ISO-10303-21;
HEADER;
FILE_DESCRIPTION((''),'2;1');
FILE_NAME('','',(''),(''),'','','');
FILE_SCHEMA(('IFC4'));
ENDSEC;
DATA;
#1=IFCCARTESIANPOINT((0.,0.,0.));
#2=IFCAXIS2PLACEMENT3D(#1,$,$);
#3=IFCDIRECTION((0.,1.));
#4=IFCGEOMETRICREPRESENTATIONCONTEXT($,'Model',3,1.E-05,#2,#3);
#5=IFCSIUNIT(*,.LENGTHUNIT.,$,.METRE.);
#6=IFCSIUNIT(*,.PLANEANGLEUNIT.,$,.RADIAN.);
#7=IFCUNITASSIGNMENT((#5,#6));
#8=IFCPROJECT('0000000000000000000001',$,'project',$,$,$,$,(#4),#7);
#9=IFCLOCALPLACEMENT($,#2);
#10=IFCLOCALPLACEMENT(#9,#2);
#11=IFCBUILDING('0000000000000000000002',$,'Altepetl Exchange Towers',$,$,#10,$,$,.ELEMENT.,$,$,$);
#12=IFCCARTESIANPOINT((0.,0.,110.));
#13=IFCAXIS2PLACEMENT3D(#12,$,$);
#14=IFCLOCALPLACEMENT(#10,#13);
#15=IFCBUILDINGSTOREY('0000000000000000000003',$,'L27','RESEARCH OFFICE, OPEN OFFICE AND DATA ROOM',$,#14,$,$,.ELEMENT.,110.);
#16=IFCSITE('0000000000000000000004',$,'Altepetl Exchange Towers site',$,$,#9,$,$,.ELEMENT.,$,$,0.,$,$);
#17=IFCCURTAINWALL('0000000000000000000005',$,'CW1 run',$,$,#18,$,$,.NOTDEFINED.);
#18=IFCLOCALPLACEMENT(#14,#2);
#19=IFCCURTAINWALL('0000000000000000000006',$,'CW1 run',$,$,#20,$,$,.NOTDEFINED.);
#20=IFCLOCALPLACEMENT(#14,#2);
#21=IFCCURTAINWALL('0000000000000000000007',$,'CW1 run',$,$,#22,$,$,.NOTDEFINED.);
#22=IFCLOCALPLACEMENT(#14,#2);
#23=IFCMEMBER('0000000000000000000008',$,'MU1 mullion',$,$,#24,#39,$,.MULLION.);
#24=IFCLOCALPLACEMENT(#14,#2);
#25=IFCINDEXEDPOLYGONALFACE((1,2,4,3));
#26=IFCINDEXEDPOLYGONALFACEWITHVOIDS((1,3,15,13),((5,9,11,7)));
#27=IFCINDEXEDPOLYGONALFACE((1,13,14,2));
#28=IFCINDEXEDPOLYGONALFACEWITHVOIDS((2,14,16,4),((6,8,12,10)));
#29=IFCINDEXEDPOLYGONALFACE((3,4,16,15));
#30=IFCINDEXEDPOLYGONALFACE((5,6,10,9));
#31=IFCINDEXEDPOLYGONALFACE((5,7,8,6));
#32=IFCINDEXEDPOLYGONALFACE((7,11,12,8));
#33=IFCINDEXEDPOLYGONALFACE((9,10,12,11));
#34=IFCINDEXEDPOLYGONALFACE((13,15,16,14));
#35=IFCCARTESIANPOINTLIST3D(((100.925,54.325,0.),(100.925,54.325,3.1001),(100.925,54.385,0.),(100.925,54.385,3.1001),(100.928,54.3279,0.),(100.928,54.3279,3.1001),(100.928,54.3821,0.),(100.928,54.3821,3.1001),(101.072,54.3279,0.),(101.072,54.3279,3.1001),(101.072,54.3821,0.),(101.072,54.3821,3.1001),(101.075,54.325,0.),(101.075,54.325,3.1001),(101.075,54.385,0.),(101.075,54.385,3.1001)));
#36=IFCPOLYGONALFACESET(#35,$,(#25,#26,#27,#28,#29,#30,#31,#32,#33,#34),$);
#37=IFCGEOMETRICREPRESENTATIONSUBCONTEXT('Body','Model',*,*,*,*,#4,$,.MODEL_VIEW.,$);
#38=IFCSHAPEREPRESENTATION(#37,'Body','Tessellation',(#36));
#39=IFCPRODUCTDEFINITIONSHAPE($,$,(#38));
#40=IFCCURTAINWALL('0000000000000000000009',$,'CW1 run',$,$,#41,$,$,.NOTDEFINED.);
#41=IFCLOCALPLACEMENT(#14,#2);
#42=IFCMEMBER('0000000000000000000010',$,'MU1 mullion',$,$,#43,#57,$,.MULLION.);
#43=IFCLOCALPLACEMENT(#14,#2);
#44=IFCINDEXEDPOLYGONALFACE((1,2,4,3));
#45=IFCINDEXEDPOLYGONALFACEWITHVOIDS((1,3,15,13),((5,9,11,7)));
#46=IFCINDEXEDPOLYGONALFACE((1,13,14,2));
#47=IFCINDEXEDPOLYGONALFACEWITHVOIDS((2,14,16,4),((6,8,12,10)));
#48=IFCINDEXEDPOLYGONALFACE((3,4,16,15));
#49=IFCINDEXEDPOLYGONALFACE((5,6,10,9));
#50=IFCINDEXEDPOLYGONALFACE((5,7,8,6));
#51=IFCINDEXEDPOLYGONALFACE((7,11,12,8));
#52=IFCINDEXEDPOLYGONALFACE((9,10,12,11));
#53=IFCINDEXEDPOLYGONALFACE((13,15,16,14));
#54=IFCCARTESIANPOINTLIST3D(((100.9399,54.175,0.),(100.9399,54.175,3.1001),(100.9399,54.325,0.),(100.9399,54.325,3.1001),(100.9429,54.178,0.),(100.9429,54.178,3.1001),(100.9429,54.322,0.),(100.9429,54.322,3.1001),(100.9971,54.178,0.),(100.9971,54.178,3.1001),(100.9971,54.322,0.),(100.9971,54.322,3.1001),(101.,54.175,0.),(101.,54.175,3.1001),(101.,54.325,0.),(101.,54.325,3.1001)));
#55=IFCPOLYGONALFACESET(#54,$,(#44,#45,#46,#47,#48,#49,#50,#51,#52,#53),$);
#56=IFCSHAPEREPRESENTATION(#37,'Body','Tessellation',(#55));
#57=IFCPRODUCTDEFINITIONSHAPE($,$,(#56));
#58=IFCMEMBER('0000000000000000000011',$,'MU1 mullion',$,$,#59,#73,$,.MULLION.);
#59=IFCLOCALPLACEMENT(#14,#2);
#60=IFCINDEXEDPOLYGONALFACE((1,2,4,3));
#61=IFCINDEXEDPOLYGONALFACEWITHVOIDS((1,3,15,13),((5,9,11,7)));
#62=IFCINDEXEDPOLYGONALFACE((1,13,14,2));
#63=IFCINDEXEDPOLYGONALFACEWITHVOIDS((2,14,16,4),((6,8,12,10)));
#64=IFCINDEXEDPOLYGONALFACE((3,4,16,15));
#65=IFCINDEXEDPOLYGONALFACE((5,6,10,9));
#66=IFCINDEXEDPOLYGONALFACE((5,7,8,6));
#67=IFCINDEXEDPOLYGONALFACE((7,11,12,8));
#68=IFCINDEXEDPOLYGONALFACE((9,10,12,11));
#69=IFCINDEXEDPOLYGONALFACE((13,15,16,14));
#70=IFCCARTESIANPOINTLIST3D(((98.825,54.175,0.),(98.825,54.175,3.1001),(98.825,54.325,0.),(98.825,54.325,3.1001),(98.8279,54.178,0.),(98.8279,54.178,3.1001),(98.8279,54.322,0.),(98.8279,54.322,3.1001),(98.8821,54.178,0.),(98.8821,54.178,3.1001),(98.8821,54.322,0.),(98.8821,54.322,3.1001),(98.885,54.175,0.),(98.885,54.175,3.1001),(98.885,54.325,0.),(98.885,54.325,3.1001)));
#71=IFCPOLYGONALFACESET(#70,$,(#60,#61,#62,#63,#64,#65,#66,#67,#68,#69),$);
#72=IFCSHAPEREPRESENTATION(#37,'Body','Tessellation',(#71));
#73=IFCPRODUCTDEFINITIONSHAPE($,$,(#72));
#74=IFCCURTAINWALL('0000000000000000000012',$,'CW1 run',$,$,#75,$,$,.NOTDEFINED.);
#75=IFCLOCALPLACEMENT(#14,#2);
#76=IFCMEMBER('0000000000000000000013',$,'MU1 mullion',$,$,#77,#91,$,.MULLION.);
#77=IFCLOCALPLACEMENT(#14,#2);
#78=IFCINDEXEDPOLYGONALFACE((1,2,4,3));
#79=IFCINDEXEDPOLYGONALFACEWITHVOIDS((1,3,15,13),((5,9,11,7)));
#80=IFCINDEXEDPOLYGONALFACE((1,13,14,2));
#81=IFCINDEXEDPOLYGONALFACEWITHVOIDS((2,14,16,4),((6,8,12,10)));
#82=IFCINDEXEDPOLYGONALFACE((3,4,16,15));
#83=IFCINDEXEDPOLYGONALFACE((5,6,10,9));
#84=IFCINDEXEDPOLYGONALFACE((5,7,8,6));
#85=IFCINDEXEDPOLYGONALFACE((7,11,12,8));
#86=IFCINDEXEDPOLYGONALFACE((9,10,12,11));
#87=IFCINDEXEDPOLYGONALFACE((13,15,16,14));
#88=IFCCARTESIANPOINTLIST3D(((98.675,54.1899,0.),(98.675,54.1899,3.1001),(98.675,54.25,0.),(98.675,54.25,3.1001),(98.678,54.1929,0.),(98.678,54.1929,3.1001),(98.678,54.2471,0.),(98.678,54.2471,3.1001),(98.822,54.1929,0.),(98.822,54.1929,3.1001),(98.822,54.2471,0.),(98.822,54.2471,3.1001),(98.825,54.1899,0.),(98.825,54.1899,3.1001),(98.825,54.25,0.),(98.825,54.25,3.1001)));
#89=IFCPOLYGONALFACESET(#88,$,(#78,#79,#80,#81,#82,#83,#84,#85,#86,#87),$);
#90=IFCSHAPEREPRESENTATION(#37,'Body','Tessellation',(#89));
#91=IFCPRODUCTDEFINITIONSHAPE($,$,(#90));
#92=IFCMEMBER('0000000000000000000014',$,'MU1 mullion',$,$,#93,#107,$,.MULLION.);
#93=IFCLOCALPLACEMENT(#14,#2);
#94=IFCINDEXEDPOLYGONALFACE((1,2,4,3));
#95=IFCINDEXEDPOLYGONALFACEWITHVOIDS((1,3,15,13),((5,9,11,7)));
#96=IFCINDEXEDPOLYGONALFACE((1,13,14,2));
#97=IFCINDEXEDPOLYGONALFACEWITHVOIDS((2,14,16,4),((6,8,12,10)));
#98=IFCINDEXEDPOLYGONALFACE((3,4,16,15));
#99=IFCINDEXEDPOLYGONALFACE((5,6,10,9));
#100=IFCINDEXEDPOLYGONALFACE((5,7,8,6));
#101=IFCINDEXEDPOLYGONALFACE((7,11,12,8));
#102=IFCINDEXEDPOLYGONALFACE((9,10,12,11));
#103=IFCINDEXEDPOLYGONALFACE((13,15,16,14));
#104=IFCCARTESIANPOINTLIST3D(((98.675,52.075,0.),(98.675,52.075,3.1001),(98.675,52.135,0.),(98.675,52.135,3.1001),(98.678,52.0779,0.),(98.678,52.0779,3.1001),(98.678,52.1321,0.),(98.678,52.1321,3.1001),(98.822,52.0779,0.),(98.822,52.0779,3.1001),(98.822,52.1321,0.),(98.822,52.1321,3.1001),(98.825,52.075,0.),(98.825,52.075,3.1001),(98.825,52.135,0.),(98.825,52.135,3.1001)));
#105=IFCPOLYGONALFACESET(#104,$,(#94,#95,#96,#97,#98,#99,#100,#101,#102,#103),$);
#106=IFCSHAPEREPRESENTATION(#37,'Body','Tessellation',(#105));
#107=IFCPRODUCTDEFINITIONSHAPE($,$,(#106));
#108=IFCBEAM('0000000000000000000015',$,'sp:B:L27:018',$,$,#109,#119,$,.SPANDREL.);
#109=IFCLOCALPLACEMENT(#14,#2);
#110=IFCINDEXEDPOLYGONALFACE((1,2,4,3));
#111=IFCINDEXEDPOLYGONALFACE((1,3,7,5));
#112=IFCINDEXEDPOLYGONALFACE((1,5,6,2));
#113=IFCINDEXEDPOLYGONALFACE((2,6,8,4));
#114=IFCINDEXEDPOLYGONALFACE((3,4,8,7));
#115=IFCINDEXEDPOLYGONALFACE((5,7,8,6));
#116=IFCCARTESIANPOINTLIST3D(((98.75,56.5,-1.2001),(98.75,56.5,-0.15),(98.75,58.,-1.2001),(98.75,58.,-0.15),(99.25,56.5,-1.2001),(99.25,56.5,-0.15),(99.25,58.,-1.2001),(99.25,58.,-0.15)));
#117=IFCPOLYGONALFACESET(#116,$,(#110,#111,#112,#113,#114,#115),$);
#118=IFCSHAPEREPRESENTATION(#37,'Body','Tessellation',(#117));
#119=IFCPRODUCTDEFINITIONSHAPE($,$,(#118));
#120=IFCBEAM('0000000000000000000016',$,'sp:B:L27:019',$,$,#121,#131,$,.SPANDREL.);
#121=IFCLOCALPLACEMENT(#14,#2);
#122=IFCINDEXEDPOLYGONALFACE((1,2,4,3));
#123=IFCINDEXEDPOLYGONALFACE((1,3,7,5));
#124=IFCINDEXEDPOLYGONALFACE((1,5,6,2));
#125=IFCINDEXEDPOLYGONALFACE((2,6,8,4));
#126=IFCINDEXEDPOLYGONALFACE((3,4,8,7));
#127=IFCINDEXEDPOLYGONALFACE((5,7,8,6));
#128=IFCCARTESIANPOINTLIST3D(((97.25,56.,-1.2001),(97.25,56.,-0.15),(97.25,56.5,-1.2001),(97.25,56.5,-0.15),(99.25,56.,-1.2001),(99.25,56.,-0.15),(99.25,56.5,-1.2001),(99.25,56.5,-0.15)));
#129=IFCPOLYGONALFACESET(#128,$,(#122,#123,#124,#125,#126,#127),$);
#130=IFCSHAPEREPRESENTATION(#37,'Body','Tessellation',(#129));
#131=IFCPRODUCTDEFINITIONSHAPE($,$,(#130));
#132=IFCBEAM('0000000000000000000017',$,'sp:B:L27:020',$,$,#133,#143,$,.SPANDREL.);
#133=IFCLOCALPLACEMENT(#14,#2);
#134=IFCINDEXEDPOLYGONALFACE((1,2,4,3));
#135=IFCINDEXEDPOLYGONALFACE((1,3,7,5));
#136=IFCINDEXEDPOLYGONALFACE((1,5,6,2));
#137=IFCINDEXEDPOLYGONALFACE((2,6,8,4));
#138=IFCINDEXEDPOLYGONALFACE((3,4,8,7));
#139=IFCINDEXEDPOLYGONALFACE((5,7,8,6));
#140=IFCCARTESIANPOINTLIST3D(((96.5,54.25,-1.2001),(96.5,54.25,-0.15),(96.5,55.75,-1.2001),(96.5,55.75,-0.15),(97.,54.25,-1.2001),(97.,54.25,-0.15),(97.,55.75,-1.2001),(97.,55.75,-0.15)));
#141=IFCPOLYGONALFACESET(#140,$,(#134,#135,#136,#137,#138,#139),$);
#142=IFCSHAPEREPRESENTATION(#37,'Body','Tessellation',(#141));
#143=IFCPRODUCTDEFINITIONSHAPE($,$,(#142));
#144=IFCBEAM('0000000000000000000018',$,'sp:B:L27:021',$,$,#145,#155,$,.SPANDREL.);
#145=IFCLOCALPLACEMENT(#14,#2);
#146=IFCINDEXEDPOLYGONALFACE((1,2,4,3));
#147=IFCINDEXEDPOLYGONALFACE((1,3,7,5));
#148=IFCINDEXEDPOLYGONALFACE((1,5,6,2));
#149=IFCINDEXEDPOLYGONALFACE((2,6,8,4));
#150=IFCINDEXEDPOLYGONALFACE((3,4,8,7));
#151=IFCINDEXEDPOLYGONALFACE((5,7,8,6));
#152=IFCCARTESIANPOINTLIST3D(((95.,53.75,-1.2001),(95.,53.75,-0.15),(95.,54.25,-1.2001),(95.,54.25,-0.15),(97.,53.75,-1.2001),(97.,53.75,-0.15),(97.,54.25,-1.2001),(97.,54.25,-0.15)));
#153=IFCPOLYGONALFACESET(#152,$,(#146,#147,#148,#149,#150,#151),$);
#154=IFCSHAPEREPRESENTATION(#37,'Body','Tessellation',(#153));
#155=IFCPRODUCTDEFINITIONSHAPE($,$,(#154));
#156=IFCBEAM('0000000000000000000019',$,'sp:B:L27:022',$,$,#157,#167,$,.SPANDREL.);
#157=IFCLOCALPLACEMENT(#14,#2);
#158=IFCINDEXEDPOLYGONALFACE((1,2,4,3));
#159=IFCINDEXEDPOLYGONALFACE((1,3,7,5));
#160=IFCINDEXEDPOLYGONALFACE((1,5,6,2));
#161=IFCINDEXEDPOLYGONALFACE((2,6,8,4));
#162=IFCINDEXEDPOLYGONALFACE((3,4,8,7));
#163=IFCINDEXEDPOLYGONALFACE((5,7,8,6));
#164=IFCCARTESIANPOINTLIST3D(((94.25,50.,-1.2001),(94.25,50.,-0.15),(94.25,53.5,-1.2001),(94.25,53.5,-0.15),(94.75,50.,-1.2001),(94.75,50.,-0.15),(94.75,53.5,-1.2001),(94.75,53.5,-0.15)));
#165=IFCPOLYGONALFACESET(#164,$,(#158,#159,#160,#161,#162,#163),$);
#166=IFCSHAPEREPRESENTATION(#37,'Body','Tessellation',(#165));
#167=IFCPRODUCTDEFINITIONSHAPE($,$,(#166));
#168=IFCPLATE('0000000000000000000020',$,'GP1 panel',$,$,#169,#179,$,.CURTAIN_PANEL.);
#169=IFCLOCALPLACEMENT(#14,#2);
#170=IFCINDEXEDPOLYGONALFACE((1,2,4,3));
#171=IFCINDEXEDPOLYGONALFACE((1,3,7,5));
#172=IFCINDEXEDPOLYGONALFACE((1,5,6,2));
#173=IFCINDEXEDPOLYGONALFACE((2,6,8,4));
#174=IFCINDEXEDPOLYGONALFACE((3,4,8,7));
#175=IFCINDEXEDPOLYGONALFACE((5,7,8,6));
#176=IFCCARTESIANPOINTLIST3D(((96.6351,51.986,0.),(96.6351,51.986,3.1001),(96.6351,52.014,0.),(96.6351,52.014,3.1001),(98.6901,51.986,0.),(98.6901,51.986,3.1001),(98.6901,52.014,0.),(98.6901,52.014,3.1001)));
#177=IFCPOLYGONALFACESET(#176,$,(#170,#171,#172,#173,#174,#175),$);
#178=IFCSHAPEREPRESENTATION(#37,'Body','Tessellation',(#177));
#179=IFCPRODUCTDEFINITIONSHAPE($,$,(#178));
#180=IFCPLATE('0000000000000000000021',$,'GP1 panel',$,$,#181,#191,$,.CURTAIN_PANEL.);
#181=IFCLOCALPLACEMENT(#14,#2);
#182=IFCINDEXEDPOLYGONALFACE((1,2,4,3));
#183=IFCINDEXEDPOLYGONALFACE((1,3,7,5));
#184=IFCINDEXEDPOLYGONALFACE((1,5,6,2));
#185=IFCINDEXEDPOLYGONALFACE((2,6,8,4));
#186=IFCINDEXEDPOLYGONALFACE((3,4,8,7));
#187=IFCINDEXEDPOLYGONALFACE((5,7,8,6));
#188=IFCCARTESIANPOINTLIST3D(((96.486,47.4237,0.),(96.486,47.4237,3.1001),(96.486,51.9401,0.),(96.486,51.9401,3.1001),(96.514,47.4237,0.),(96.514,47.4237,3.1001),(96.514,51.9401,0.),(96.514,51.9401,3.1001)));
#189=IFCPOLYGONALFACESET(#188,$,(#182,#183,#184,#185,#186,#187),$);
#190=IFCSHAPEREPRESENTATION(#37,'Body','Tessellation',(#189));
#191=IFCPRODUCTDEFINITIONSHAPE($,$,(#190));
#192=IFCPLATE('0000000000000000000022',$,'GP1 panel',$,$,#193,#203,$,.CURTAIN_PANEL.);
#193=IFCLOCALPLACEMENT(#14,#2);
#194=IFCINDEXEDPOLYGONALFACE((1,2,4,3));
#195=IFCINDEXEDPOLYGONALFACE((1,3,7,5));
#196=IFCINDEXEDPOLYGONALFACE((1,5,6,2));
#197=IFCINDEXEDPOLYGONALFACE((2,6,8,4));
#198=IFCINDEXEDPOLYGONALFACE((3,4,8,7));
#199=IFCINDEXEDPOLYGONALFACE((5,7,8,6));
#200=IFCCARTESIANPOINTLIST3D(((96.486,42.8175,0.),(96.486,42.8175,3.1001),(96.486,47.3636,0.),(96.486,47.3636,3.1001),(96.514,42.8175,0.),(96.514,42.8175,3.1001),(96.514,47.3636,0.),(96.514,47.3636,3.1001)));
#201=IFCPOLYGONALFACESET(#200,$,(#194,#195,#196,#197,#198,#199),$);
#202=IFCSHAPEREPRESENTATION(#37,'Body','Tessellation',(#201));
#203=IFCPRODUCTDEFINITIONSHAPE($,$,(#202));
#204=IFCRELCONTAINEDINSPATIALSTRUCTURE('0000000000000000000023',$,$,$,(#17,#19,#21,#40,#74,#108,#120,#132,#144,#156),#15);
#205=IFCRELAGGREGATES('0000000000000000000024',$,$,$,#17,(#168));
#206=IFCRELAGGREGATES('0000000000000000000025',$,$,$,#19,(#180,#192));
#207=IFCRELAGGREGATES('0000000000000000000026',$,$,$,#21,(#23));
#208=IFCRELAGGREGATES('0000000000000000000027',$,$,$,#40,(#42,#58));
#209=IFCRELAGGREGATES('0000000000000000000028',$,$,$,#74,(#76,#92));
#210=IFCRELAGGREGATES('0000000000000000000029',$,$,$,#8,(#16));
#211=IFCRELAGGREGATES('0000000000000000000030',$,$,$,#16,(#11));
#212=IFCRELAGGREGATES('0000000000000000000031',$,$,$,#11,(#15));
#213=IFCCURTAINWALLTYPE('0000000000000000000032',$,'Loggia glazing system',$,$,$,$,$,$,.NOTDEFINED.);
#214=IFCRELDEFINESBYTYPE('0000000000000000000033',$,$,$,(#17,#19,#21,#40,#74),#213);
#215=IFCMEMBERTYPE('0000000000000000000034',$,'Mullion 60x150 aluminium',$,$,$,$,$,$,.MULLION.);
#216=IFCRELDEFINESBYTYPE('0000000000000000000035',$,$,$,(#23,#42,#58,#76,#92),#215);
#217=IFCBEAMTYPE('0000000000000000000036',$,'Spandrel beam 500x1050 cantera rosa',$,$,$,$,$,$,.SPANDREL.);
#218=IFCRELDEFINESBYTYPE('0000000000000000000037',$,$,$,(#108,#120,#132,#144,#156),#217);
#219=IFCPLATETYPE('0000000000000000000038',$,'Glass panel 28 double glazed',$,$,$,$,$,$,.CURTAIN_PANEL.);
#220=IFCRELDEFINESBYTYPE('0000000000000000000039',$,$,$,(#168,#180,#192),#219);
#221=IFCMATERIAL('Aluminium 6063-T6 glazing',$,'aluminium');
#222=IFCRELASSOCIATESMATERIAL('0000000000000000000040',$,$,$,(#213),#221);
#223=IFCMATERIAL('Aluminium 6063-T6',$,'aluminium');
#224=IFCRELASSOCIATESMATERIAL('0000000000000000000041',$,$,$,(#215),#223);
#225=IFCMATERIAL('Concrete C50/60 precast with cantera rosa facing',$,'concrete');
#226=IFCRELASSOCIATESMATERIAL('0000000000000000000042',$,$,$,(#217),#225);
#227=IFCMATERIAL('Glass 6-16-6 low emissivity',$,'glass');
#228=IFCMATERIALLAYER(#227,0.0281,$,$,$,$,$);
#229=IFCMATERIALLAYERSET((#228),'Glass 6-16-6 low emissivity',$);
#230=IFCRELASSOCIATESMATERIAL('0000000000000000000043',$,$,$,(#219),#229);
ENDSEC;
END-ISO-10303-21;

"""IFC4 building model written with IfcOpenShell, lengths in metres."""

from ifc_helpers import new_model, si_unit, direction, frame, origin, origin_2d, place, context, subcontext, project, spatial, rectangle, hollow_rectangle, extrude, material, layer, layer_set, material_profile, profile_set, type_object, element, aggregate, save


model = new_model("IFC4")

# Units and contexts
model_context = context("Model", 3, precision=1e-05, world=origin(), true_north=direction((0.0, 1.0)))
body_context = subcontext(model_context, "Body", "Model", "MODEL_VIEW")
ifc_project = project(units=[si_unit("LENGTHUNIT", "METRE"), si_unit("PLANEANGLEUNIT", "RADIAN")], contexts=[model_context])

# Site, building, storey
site_placement = place(None, origin())
site = spatial("IfcSite", under=ifc_project, at=site_placement, Name="Altepetl Exchange Towers site", CompositionType="ELEMENT", RefElevation=0.0)
building_placement = place(site_placement, origin())
building = spatial("IfcBuilding", under=site, at=building_placement, Name="Altepetl Exchange Towers", CompositionType="ELEMENT")
storey_placement = place(building_placement, frame((0.0, 0.0, 110.0)))
storey = spatial("IfcBuildingStorey", under=building, at=storey_placement, Name="L27", Description="RESEARCH OFFICE, OPEN OFFICE AND DATA ROOM", CompositionType="ELEMENT", Elevation=110.0)

# Curtain walls, members
ifc_material_1 = material(Name="Aluminium 6063-T6 glazing", Category="aluminium")
curtain_wall_type = type_object("IfcCurtainWallType", Name="Loggia glazing system", PredefinedType="NOTDEFINED", material=ifc_material_1)
curtain_wall_1_placement = place(storey_placement, origin())
curtain_wall_1 = element("IfcCurtainWall", 1, at=curtain_wall_1_placement, inside=storey, type_object=curtain_wall_type, Name="CW1 run", PredefinedType="NOTDEFINED")
ifc_material_2 = material(Name="Aluminium 6063-T6", Category="aluminium")
ifc_material_profile_1 = material_profile(ifc_material_2, hollow_rectangle(XDim=0.0601, YDim=0.1499, WallThickness=0.0029, at=origin_2d()), Name="Mullion 60x150 aluminium")
ifc_profile_set_1 = profile_set([ifc_material_profile_1], Name="Aluminium 6063-T6")
member_type = type_object("IfcMemberType", Name="Mullion 60x150 aluminium", PredefinedType="MULLION", material=ifc_profile_set_1)
curtain_wall_2_placement = place(storey_placement, origin())
curtain_wall_2 = element("IfcCurtainWall", 2, at=curtain_wall_2_placement, inside=storey, type_object=curtain_wall_type, Name="CW1 run", PredefinedType="NOTDEFINED")
curtain_wall_3_placement = place(storey_placement, origin())
curtain_wall_3 = element("IfcCurtainWall", 3, at=curtain_wall_3_placement, inside=storey, type_object=curtain_wall_type, Name="CW1 run", PredefinedType="NOTDEFINED")
member_1_placement = place(storey_placement, frame((101.0, 54.355, 0.0), z_axis=(0.0, 0.0, 1.0), x_axis=(0.0, -1.0, 0.0)))
member_1 = element("IfcMember", 4, at=member_1_placement, type_object=member_type, Name="MU1 mullion", PredefinedType="MULLION", context=body_context, shape_type="SweptSolid", body=[
    extrude(hollow_rectangle(XDim=0.0601, YDim=0.1499, WallThickness=0.0029, at=origin_2d()), origin(), (0.0, 0.0, 1.0), 3.1001),
])
curtain_wall_4_placement = place(storey_placement, origin())
curtain_wall_4 = element("IfcCurtainWall", 5, at=curtain_wall_4_placement, inside=storey, type_object=curtain_wall_type, Name="CW1 run", PredefinedType="NOTDEFINED")
member_2_placement = place(storey_placement, frame((100.97, 54.25, 0.0), z_axis=(0.0, 0.0, 1.0), x_axis=(-1.0, 0.0, 0.0)))
member_2 = element("IfcMember", 6, at=member_2_placement, type_object=member_type, Name="MU1 mullion", PredefinedType="MULLION", context=body_context, shape_type="SweptSolid", body=[
    extrude(hollow_rectangle(XDim=0.0601, YDim=0.1499, WallThickness=0.0029, at=origin_2d()), origin(), (0.0, 0.0, 1.0), 3.1001),
])
member_3_placement = place(storey_placement, frame((98.855, 54.25, 0.0), z_axis=(0.0, 0.0, 1.0), x_axis=(-1.0, 0.0, 0.0)))
member_3 = element("IfcMember", 7, at=member_3_placement, type_object=member_type, Name="MU1 mullion", PredefinedType="MULLION", context=body_context, shape_type="SweptSolid", body=[
    extrude(hollow_rectangle(XDim=0.0601, YDim=0.1499, WallThickness=0.0029, at=origin_2d()), origin(), (0.0, 0.0, 1.0), 3.1001),
])
curtain_wall_5_placement = place(storey_placement, origin())
curtain_wall_5 = element("IfcCurtainWall", 8, at=curtain_wall_5_placement, inside=storey, type_object=curtain_wall_type, Name="CW1 run", PredefinedType="NOTDEFINED")
member_4_placement = place(storey_placement, frame((98.75, 54.22, 0.0), z_axis=(0.0, 0.0, 1.0), x_axis=(0.0, -1.0, 0.0)))
member_4 = element("IfcMember", 9, at=member_4_placement, type_object=member_type, Name="MU1 mullion", PredefinedType="MULLION", context=body_context, shape_type="SweptSolid", body=[
    extrude(hollow_rectangle(XDim=0.0601, YDim=0.1499, WallThickness=0.0029, at=origin_2d()), origin(), (0.0, 0.0, 1.0), 3.1001),
])
member_5_placement = place(storey_placement, frame((98.75, 52.105, 0.0), z_axis=(0.0, 0.0, 1.0), x_axis=(0.0, -1.0, 0.0)))
member_5 = element("IfcMember", 10, at=member_5_placement, type_object=member_type, Name="MU1 mullion", PredefinedType="MULLION", context=body_context, shape_type="SweptSolid", body=[
    extrude(hollow_rectangle(XDim=0.0601, YDim=0.1499, WallThickness=0.0029, at=origin_2d()), origin(), (0.0, 0.0, 1.0), 3.1001),
])

# Beams
ifc_material_3 = material(Name="Concrete C50/60 precast with cantera rosa facing", Category="concrete")
ifc_material_profile_2 = material_profile(ifc_material_3, rectangle(XDim=0.5, YDim=1.05, at=origin_2d()), Name="500 x 1050")
ifc_profile_set_2 = profile_set([ifc_material_profile_2], Name="Concrete C50/60 precast with cantera rosa facing")
beam_type_1 = type_object("IfcBeamType", Name="Spandrel beam 500x1050 cantera rosa", PredefinedType="SPANDREL", material=ifc_profile_set_2)
beam_1_placement = place(storey_placement, frame((99.0, 58.0, -0.675), z_axis=(0.0, -1.0, 0.0), x_axis=(1.0, 0.0, 0.0)))
element("IfcBeam", 11, at=beam_1_placement, inside=storey, type_object=beam_type_1, Name="sp:B:L27:018", PredefinedType="SPANDREL", context=body_context, shape_type="SweptSolid", body=[
    extrude(rectangle(XDim=0.5, YDim=1.05, at=origin_2d()), origin(), (0.0, 0.0, 1.0), 1.5),
])
beam_2_placement = place(storey_placement, frame((99.25, 56.25, -0.675), z_axis=(-1.0, 0.0, 0.0), x_axis=(0.0, -1.0, 0.0)))
element("IfcBeam", 12, at=beam_2_placement, inside=storey, type_object=beam_type_1, Name="sp:B:L27:019", PredefinedType="SPANDREL", context=body_context, shape_type="SweptSolid", body=[
    extrude(rectangle(XDim=0.5, YDim=1.05, at=origin_2d()), origin(), (0.0, 0.0, 1.0), 2.0),
])
beam_3_placement = place(storey_placement, frame((96.75, 55.75, -0.675), z_axis=(0.0, -1.0, 0.0), x_axis=(1.0, 0.0, 0.0)))
element("IfcBeam", 13, at=beam_3_placement, inside=storey, type_object=beam_type_1, Name="sp:B:L27:020", PredefinedType="SPANDREL", context=body_context, shape_type="SweptSolid", body=[
    extrude(rectangle(XDim=0.5, YDim=1.05, at=origin_2d()), origin(), (0.0, 0.0, 1.0), 1.5),
])
beam_4_placement = place(storey_placement, frame((97.0, 54.0, -0.675), z_axis=(-1.0, 0.0, 0.0), x_axis=(0.0, -1.0, 0.0)))
element("IfcBeam", 14, at=beam_4_placement, inside=storey, type_object=beam_type_1, Name="sp:B:L27:021", PredefinedType="SPANDREL", context=body_context, shape_type="SweptSolid", body=[
    extrude(rectangle(XDim=0.5, YDim=1.05, at=origin_2d()), origin(), (0.0, 0.0, 1.0), 2.0),
])
beam_5_placement = place(storey_placement, frame((94.5, 53.5, -0.675), z_axis=(0.0, -1.0, 0.0), x_axis=(1.0, 0.0, 0.0)))
element("IfcBeam", 15, at=beam_5_placement, inside=storey, type_object=beam_type_1, Name="sp:B:L27:022", PredefinedType="SPANDREL", context=body_context, shape_type="SweptSolid", body=[
    extrude(rectangle(XDim=0.5, YDim=1.05, at=origin_2d()), origin(), (0.0, 0.0, 1.0), 3.5),
])

# Plates
ifc_material_4 = material(Name="Glass 6-16-6 low emissivity", Category="glass")
ifc_layer_1 = layer(ifc_material_4, 0.0281)
ifc_layer_set_1 = layer_set([ifc_layer_1], Name="Glass 6-16-6 low emissivity")
plate_type = type_object("IfcPlateType", Name="Glass panel 28 double glazed", PredefinedType="CURTAIN_PANEL", material=ifc_layer_set_1)
plate_1_placement = place(storey_placement, frame((97.6626, 52.0, 0.0), z_axis=(0.0, 0.0, 1.0), x_axis=(-1.0, 0.0, 0.0)))
plate_1 = element("IfcPlate", 16, at=plate_1_placement, type_object=plate_type, Name="GP1 panel", PredefinedType="CURTAIN_PANEL", context=body_context, shape_type="SweptSolid", body=[
    extrude(rectangle(XDim=2.0549, YDim=0.0281, at=origin_2d()), origin(), (0.0, 0.0, 1.0), 3.1001),
])
aggregate(curtain_wall_1, [plate_1])
plate_2_placement = place(storey_placement, frame((96.5, 49.6819, 0.0), z_axis=(0.0, 0.0, 1.0), x_axis=(0.0, -1.0, 0.0)))
plate_2 = element("IfcPlate", 17, at=plate_2_placement, type_object=plate_type, Name="GP1 panel", PredefinedType="CURTAIN_PANEL", context=body_context, shape_type="SweptSolid", body=[
    extrude(rectangle(XDim=4.5164, YDim=0.0281, at=origin_2d()), origin(), (0.0, 0.0, 1.0), 3.1001),
])
plate_3_placement = place(storey_placement, frame((96.5, 45.0906, 0.0), z_axis=(0.0, 0.0, 1.0), x_axis=(0.0, -1.0, 0.0)))
plate_3 = element("IfcPlate", 18, at=plate_3_placement, type_object=plate_type, Name="GP1 panel", PredefinedType="CURTAIN_PANEL", context=body_context, shape_type="SweptSolid", body=[
    extrude(rectangle(XDim=4.5461, YDim=0.0281, at=origin_2d()), origin(), (0.0, 0.0, 1.0), 3.1001),
])
aggregate(curtain_wall_2, [plate_2, plate_3])
aggregate(curtain_wall_3, [member_1])
aggregate(curtain_wall_4, [member_2, member_3])
aggregate(curtain_wall_5, [member_4, member_5])

save(model, "model.ifc")
